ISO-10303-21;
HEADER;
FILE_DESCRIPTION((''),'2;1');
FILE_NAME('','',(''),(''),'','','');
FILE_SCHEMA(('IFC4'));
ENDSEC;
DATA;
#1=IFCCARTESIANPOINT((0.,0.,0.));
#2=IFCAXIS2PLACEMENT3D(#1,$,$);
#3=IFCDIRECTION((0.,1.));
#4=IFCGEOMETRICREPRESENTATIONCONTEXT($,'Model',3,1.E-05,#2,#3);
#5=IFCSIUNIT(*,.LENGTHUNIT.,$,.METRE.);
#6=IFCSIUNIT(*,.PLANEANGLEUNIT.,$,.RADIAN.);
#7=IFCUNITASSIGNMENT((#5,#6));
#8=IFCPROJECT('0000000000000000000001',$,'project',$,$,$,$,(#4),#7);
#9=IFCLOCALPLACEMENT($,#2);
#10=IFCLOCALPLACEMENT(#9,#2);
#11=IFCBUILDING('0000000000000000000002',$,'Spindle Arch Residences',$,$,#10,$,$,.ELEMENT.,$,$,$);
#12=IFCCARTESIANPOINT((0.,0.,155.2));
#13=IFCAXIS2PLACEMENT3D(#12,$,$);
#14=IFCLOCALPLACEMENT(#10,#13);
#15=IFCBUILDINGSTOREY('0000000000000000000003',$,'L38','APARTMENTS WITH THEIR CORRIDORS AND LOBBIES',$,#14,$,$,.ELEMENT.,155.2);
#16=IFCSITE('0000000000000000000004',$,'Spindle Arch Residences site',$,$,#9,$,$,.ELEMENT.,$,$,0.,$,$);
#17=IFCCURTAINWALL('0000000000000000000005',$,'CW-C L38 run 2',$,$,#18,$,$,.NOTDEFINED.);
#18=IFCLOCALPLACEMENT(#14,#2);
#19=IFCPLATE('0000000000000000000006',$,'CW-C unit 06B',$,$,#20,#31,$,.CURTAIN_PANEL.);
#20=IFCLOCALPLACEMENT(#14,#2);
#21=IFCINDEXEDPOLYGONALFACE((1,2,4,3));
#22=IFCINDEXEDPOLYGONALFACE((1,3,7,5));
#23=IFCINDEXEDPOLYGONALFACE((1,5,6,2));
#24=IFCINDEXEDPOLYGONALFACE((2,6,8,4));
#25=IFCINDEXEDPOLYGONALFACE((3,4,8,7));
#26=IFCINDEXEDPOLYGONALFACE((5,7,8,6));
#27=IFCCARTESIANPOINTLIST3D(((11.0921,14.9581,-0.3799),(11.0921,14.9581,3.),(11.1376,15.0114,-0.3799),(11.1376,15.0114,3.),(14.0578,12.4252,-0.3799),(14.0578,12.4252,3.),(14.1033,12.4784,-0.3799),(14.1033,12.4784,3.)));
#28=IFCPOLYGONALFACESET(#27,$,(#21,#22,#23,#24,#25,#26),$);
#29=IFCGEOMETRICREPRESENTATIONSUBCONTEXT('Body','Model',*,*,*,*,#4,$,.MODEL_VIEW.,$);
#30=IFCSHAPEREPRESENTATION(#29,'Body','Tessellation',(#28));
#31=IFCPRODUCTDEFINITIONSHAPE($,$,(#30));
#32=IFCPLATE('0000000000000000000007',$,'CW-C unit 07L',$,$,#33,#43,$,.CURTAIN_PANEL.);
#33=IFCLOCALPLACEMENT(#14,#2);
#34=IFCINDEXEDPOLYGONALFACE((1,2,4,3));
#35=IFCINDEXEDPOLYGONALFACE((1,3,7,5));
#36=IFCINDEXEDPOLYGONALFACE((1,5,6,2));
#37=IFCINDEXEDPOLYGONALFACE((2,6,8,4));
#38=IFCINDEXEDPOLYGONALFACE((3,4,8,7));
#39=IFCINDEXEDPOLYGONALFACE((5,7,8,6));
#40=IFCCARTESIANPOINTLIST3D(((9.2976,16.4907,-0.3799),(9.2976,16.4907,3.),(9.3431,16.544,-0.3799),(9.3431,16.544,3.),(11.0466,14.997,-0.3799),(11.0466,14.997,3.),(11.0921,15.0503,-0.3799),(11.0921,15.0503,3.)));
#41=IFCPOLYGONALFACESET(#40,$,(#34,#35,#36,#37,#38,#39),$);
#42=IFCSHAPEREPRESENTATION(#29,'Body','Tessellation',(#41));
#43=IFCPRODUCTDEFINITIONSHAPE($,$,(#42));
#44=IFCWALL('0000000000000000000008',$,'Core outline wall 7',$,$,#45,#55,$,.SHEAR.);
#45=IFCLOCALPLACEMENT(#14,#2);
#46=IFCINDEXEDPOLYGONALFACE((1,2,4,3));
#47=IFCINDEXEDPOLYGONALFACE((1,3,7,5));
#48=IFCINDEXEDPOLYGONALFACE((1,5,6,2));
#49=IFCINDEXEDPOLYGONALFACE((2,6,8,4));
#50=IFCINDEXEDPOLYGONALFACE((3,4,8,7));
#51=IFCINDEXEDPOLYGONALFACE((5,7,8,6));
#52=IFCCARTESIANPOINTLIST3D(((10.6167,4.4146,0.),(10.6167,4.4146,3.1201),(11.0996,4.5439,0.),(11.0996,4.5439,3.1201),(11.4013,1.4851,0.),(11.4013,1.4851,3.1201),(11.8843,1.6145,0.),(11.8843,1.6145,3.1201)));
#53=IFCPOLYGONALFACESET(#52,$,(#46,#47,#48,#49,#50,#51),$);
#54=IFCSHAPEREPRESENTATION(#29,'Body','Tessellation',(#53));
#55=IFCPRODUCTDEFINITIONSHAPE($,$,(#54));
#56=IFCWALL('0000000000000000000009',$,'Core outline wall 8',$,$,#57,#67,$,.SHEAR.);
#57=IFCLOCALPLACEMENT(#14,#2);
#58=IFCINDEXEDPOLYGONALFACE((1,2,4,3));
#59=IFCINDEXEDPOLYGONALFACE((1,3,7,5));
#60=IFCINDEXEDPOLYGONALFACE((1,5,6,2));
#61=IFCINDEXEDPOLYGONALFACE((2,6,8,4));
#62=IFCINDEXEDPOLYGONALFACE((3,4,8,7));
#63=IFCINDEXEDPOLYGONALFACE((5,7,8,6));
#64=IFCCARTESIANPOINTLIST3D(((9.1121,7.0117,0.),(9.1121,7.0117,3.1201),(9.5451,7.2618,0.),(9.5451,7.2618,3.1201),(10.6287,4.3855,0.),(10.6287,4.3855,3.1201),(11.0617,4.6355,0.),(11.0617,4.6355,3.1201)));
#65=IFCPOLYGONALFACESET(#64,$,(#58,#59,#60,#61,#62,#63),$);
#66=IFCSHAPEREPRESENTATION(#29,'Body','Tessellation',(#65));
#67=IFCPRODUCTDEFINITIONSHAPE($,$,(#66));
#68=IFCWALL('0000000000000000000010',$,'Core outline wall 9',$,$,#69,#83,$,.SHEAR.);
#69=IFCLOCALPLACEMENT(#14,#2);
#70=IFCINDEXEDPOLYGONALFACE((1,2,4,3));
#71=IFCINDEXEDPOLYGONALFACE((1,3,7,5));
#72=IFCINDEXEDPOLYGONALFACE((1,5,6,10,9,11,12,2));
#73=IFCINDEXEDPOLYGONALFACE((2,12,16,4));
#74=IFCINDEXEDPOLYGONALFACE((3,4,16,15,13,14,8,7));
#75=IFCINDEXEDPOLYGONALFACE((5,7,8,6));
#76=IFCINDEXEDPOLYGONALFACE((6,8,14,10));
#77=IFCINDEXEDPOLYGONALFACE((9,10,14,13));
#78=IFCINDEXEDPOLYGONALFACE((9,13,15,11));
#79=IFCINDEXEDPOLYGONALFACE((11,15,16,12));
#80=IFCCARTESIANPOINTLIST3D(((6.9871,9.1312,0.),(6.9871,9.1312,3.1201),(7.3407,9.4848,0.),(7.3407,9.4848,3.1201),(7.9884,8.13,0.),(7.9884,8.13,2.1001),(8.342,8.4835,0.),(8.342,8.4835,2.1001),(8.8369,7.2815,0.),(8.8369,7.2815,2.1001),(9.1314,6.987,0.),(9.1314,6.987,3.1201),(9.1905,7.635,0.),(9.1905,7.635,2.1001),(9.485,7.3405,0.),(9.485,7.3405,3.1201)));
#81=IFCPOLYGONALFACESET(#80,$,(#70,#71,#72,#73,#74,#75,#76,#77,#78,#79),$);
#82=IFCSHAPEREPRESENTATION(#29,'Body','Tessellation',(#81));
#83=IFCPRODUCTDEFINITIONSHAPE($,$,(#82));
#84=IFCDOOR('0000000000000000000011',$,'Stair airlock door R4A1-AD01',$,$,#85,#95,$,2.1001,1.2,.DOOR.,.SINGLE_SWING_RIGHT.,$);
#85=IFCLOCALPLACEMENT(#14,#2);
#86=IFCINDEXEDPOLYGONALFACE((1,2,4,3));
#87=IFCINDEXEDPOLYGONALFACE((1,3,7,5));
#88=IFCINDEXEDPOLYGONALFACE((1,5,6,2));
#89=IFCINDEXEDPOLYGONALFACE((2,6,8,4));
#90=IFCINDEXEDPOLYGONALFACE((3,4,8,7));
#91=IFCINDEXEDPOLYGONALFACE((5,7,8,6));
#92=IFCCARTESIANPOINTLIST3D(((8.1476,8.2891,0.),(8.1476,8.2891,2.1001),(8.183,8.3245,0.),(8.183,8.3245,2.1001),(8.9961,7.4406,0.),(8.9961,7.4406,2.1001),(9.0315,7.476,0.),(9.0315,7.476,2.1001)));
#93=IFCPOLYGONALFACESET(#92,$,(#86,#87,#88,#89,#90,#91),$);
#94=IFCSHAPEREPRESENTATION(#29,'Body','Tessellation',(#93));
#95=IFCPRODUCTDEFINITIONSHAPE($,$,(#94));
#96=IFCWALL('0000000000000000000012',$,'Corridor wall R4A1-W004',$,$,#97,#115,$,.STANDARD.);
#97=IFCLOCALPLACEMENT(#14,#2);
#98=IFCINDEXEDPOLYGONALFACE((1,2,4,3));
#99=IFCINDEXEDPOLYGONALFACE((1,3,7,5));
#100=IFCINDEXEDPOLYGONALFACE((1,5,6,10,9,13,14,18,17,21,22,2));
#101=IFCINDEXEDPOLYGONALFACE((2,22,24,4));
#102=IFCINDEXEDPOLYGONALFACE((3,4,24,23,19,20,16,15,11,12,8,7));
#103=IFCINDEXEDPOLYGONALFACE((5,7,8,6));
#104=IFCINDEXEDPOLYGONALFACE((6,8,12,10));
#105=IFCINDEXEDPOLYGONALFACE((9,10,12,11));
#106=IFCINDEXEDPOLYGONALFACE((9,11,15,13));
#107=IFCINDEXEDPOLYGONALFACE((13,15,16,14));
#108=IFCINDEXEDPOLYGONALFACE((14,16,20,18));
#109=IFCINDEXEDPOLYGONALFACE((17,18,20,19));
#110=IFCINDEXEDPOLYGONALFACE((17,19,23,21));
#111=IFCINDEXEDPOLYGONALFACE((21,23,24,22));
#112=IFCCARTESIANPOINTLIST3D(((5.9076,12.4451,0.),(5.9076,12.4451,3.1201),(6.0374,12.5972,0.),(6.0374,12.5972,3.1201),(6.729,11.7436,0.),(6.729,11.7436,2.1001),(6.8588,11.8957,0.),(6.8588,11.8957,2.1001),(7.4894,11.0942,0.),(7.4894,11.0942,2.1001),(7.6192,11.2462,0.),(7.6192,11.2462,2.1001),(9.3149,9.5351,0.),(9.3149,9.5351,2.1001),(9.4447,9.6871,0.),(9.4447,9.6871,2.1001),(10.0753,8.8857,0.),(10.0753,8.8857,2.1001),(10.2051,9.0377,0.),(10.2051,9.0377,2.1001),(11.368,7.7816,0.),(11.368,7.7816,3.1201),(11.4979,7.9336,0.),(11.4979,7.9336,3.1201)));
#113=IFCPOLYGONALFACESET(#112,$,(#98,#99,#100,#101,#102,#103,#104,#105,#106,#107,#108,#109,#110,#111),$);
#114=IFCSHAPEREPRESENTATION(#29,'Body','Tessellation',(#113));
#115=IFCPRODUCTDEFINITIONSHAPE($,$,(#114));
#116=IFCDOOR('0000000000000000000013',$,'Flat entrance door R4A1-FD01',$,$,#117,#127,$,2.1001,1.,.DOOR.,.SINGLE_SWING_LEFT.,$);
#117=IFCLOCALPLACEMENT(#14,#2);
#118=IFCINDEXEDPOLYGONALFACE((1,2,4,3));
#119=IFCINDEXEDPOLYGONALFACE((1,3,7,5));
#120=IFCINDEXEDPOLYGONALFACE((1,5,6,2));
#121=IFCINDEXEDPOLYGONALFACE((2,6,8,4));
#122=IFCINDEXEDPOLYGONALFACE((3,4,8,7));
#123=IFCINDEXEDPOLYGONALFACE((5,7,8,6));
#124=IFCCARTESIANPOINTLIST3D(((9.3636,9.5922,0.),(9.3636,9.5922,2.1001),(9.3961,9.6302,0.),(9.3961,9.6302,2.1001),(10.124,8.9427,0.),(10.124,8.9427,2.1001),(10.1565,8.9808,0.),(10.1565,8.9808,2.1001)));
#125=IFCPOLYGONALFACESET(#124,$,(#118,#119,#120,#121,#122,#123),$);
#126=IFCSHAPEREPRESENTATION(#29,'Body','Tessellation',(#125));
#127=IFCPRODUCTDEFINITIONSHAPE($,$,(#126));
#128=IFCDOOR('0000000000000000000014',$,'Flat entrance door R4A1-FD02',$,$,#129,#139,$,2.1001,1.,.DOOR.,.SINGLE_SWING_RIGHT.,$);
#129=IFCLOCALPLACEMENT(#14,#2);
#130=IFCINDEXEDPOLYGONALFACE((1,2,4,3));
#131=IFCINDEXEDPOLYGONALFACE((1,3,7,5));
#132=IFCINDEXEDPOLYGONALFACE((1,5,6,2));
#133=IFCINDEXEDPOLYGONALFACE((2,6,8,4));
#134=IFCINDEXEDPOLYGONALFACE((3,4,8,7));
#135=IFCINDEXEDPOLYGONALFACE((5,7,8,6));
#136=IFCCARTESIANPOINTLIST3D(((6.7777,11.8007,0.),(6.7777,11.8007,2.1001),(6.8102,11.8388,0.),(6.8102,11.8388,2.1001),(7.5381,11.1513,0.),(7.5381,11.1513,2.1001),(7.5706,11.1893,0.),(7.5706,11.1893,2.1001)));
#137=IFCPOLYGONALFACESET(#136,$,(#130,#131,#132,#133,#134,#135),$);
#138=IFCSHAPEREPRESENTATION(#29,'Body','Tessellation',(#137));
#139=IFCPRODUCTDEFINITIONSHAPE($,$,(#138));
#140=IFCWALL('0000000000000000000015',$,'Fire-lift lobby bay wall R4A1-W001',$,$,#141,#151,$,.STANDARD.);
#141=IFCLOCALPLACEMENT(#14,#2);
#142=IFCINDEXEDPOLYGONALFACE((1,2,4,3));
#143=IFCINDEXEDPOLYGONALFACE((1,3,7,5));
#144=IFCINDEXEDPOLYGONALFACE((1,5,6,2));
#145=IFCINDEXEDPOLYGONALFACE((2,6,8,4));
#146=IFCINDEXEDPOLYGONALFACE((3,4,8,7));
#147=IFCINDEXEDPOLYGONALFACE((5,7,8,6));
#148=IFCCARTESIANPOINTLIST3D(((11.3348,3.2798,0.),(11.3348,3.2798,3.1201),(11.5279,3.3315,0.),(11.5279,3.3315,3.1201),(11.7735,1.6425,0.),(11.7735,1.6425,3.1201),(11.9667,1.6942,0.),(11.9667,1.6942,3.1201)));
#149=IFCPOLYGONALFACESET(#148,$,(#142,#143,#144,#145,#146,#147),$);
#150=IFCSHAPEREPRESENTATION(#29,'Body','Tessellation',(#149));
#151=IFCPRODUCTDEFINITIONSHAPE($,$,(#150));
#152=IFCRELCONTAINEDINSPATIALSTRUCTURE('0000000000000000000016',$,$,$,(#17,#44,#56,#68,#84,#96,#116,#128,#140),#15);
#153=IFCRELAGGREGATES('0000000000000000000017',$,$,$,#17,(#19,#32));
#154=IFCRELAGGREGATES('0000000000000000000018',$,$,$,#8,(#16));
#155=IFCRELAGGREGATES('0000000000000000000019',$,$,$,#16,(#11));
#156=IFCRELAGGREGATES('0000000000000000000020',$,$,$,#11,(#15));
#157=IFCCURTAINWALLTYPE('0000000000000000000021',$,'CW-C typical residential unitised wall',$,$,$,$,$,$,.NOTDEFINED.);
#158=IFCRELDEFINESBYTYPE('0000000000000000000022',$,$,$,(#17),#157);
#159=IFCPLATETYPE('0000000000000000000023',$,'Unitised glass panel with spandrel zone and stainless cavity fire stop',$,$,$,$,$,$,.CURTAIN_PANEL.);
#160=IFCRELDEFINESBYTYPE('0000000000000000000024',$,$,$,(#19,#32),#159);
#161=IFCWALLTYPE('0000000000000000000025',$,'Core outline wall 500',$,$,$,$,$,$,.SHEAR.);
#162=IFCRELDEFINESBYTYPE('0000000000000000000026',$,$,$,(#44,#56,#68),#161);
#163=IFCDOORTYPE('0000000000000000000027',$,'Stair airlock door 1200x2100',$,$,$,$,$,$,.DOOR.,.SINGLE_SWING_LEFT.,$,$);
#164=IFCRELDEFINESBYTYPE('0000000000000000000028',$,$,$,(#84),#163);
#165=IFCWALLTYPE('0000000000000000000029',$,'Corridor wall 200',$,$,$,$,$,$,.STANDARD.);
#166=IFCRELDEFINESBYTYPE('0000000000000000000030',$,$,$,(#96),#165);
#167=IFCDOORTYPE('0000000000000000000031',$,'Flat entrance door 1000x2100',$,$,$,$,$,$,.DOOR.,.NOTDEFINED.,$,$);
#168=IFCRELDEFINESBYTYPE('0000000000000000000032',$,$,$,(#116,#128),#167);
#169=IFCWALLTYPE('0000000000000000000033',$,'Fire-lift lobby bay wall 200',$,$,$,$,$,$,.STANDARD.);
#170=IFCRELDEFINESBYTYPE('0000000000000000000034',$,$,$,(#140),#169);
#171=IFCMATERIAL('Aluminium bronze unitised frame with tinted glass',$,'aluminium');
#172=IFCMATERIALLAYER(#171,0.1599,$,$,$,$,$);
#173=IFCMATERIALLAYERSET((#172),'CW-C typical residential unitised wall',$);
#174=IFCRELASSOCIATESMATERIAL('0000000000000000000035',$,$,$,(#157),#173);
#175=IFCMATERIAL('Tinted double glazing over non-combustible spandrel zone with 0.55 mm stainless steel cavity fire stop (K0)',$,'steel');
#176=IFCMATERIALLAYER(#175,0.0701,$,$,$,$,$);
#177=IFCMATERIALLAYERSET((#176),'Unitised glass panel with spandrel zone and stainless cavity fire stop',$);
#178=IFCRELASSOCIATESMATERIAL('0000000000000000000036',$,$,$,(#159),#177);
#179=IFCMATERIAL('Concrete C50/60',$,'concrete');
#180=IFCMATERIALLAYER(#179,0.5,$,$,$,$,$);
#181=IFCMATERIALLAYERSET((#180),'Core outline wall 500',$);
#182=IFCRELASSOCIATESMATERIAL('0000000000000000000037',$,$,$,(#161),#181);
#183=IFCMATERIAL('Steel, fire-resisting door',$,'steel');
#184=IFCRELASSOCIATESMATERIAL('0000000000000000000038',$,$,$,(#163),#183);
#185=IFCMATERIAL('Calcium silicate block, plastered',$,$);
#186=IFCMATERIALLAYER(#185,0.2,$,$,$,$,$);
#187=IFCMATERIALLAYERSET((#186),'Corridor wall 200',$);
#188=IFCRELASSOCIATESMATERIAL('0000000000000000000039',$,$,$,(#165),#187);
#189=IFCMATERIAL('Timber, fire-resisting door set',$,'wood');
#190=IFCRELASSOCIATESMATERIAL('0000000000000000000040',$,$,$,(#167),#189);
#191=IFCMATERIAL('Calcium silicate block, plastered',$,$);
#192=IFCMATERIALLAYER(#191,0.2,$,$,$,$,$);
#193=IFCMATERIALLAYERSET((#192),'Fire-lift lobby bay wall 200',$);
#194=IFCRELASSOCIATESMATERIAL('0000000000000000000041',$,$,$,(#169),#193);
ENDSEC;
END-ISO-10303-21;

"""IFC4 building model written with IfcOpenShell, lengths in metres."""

from ifc_helpers import new_model, si_unit, direction, frame, frame_2d, origin, origin_2d, place, context, subcontext, project, spatial, rectangle, extrude, material, layer, layer_set, type_object, element, fill, aggregate, save


model = new_model("IFC4")

# Units and contexts
model_context = context("Model", 3, precision=1e-05, world=origin(), true_north=direction((0.0, 1.0)))
body_context = subcontext(model_context, "Body", "Model", "MODEL_VIEW")
ifc_project = project(units=[si_unit("LENGTHUNIT", "METRE"), si_unit("PLANEANGLEUNIT", "RADIAN")], contexts=[model_context])

# Site, building, storey
site_placement = place(None, origin())
site = spatial("IfcSite", under=ifc_project, at=site_placement, Name="Spindle Arch Residences site", CompositionType="ELEMENT", RefElevation=0.0)
building_placement = place(site_placement, origin())
building = spatial("IfcBuilding", under=site, at=building_placement, Name="Spindle Arch Residences", CompositionType="ELEMENT")
storey_placement = place(building_placement, frame((0.0, 0.0, 155.2)))
storey = spatial("IfcBuildingStorey", under=building, at=storey_placement, Name="L38", Description="APARTMENTS WITH THEIR CORRIDORS AND LOBBIES", CompositionType="ELEMENT", Elevation=155.2)

# Curtain wall
ifc_material_1 = material(Name="Aluminium bronze unitised frame with tinted glass", Category="aluminium")
ifc_layer_1 = layer(ifc_material_1, 0.1599)
ifc_layer_set_1 = layer_set([ifc_layer_1], Name="CW-C typical residential unitised wall")
curtain_wall_type = type_object("IfcCurtainWallType", Name="CW-C typical residential unitised wall", PredefinedType="NOTDEFINED", material=ifc_layer_set_1)
curtain_wall_placement = place(storey_placement, origin())
curtain_wall = element("IfcCurtainWall", 1, at=curtain_wall_placement, inside=storey, type_object=curtain_wall_type, Name="CW-C L38 run 2", PredefinedType="NOTDEFINED")

# Plates
ifc_material_2 = material(Name="Tinted double glazing over non-combustible spandrel zone with 0.55 mm stainless steel cavity fire stop (K0)", Category="steel")
ifc_layer_2 = layer(ifc_material_2, 0.0701)
ifc_layer_set_2 = layer_set([ifc_layer_2], Name="Unitised glass panel with spandrel zone and stainless cavity fire stop")
plate_type = type_object("IfcPlateType", Name="Unitised glass panel with spandrel zone and stainless cavity fire stop", PredefinedType="CURTAIN_PANEL", material=ifc_layer_set_2)
plate_1_placement = place(storey_placement, frame((12.5977, 13.7183, -0.3799), z_axis=(0.0, 0.0, 1.0), x_axis=(-0.760406, 0.649448, 0.0)))
plate_1 = element("IfcPlate", 2, at=plate_1_placement, type_object=plate_type, Name="CW-C unit 06B", PredefinedType="CURTAIN_PANEL", context=body_context, shape_type="SweptSolid", body=[
    extrude(rectangle(XDim=3.9001, YDim=0.0701, at=origin_2d()), origin(), (0.0, 0.0, 1.0), 3.3799),
])
plate_2_placement = place(storey_placement, frame((10.1948, 15.7705, -0.3799), z_axis=(0.0, 0.0, 1.0), x_axis=(-0.760406, 0.649448, 0.0)))
plate_2 = element("IfcPlate", 3, at=plate_2_placement, type_object=plate_type, Name="CW-C unit 07L", PredefinedType="CURTAIN_PANEL", context=body_context, shape_type="SweptSolid", body=[
    extrude(rectangle(XDim=2.3, YDim=0.0701, at=origin_2d()), origin(), (0.0, 0.0, 1.0), 3.3799),
])
aggregate(curtain_wall, [plate_1, plate_2])

# Walls
ifc_material_3 = material(Name="Concrete C50/60", Category="concrete")
ifc_layer_3 = layer(ifc_material_3, 0.5)
ifc_layer_set_3 = layer_set([ifc_layer_3], Name="Core outline wall 500")
wall_type_1 = type_object("IfcWallType", Name="Core outline wall 500", PredefinedType="SHEAR", material=ifc_layer_set_3)
for number, where, z_axis, x_axis, name in (
    (4, (11.6428, 1.5498, 0.0), (0.0, 0.0, 1.0), (-0.258735, 0.965948, 0.0), "Core outline wall 7"),
    (5, (10.8452, 4.5105, 0.0), (0.0, 0.0, 1.0), (-0.500087, 0.865975, 0.0), "Core outline wall 8"),
):
    element("IfcWall", number, at=place(storey_placement, frame(where, z_axis=z_axis, x_axis=x_axis)), inside=storey, type_object=wall_type_1, Name=name, PredefinedType="SHEAR", context=body_context, shape_type="SweptSolid", body=[
        extrude(rectangle(XDim=3.0327, YDim=0.5, at=frame_2d((1.5164, 0.0))), origin(), (0.0, 0.0, 1.0), 3.1201),
    ])

# Wall, opening, door
wall_1_placement = place(storey_placement, frame((9.3081, 7.1638, 0.0), z_axis=(0.0, 0.0, 1.0), x_axis=(-0.707107, 0.707107, 0.0)))
wall_1 = element("IfcWall", 6, at=wall_1_placement, inside=storey, type_object=wall_type_1, Name="Core outline wall 9", PredefinedType="SHEAR", context=body_context, shape_type="SweptSolid", body=[
    extrude(rectangle(XDim=3.0325, YDim=0.5, at=frame_2d((1.5161, 0.0))), origin(), (0.0, 0.0, 1.0), 3.1201),
])
opening_1_placement = place(wall_1_placement, frame((0.4163, 0.0, 0.0)))
opening_1 = element("IfcOpeningElement", 7, at=opening_1_placement, cuts=wall_1, PredefinedType="OPENING", context=body_context, shape_type="SweptSolid", body=[
    extrude(rectangle(XDim=1.2, YDim=2.1001, at=frame_2d((0.6001, 1.05))), frame((0.0, 0.26, 0.0), z_axis=(0.0, -1.0, 0.0), x_axis=(1.0, 0.0, 0.0)), (0.0, 0.0, 1.0), 0.52),
])
ifc_material_4 = material(Name="Steel, fire-resisting door", Category="steel")
door_type_1 = type_object("IfcDoorType", Name="Stair airlock door 1200x2100", OperationType="SINGLE_SWING_LEFT", PredefinedType="DOOR", material=ifc_material_4)
door_1_placement = place(opening_1_placement, origin())
door_1 = element("IfcDoor", 8, at=door_1_placement, inside=storey, type_object=door_type_1, Name="Stair airlock door R4A1-AD01", OperationType="SINGLE_SWING_RIGHT", OverallHeight=2.1001, OverallWidth=1.2, PredefinedType="DOOR", context=body_context, shape_type="SweptSolid", body=[
    extrude(rectangle(XDim=1.2, YDim=2.1001, at=frame_2d((0.6001, 1.05))), frame((0.0, 0.0249, 0.0), z_axis=(0.0, -1.0, 0.0), x_axis=(1.0, 0.0, 0.0)), (0.0, 0.0, 1.0), 0.05),
])
fill(opening_1, door_1)

# Wall, openings, doors
ifc_material_5 = material(Name="Calcium silicate block, plastered")
ifc_layer_4 = layer(ifc_material_5, 0.2)
ifc_layer_set_4 = layer_set([ifc_layer_4], Name="Corridor wall 200")
wall_type_2 = type_object("IfcWallType", Name="Corridor wall 200", PredefinedType="STANDARD", material=ifc_layer_set_4)
wall_2_placement = place(storey_placement, frame((11.4329, 7.8577, 0.0), z_axis=(0.0, 0.0, 1.0), x_axis=(-0.760412, 0.649441, 0.0)))
wall_2 = element("IfcWall", 9, at=wall_2_placement, inside=storey, type_object=wall_type_2, Name="Corridor wall R4A1-W004", PredefinedType="STANDARD", context=body_context, shape_type="SweptSolid", body=[
    extrude(rectangle(XDim=7.1809, YDim=0.2, at=frame_2d((3.5903, 0.0))), origin(), (0.0, 0.0, 1.0), 3.1201),
])
opening_2_placement = place(wall_2_placement, frame((1.7, 0.0, 0.0)))
opening_2 = element("IfcOpeningElement", 10, at=opening_2_placement, cuts=wall_2, PredefinedType="OPENING", context=body_context, shape_type="SweptSolid", body=[
    extrude(rectangle(XDim=1.0, YDim=2.1001, at=frame_2d((0.5, 1.05))), frame((0.0, 0.1099, 0.0), z_axis=(0.0, -1.0, 0.0), x_axis=(1.0, 0.0, 0.0)), (0.0, 0.0, 1.0), 0.22),
])
opening_3_placement = place(wall_2_placement, frame((5.1006, 0.0, 0.0)))
opening_3 = element("IfcOpeningElement", 11, at=opening_3_placement, cuts=wall_2, PredefinedType="OPENING", context=body_context, shape_type="SweptSolid", body=[
    extrude(rectangle(XDim=1.0, YDim=2.1001, at=frame_2d((0.5, 1.05))), frame((0.0, 0.1099, 0.0), z_axis=(0.0, -1.0, 0.0), x_axis=(1.0, 0.0, 0.0)), (0.0, 0.0, 1.0), 0.22),
])
ifc_material_6 = material(Name="Timber, fire-resisting door set", Category="wood")
door_type_2 = type_object("IfcDoorType", Name="Flat entrance door 1000x2100", OperationType="NOTDEFINED", PredefinedType="DOOR", material=ifc_material_6)
door_2_placement = place(opening_2_placement, origin())
door_2 = element("IfcDoor", 12, at=door_2_placement, inside=storey, type_object=door_type_2, Name="Flat entrance door R4A1-FD01", OperationType="SINGLE_SWING_LEFT", OverallHeight=2.1001, OverallWidth=1.0, PredefinedType="DOOR", context=body_context, shape_type="SweptSolid", body=[
    extrude(rectangle(XDim=1.0, YDim=2.1001, at=frame_2d((0.5, 1.05))), frame((0.0, 0.0249, 0.0), z_axis=(0.0, -1.0, 0.0), x_axis=(1.0, 0.0, 0.0)), (0.0, 0.0, 1.0), 0.05),
])
fill(opening_2, door_2)
door_3_placement = place(opening_3_placement, origin())
door_3 = element("IfcDoor", 13, at=door_3_placement, inside=storey, type_object=door_type_2, Name="Flat entrance door R4A1-FD02", OperationType="SINGLE_SWING_RIGHT", OverallHeight=2.1001, OverallWidth=1.0, PredefinedType="DOOR", context=body_context, shape_type="SweptSolid", body=[
    extrude(rectangle(XDim=1.0, YDim=2.1001, at=frame_2d((0.5, 1.05))), frame((0.0, 0.0249, 0.0), z_axis=(0.0, -1.0, 0.0), x_axis=(1.0, 0.0, 0.0)), (0.0, 0.0, 1.0), 0.05),
])
fill(opening_3, door_3)

# Wall
ifc_material_7 = material(Name="Calcium silicate block, plastered")
ifc_layer_5 = layer(ifc_material_7, 0.2)
ifc_layer_set_5 = layer_set([ifc_layer_5], Name="Fire-lift lobby bay wall 200")
wall_type_3 = type_object("IfcWallType", Name="Fire-lift lobby bay wall 200", PredefinedType="STANDARD", material=ifc_layer_set_5)
wall_3_placement = place(storey_placement, frame((11.8701, 1.6682, 0.0), z_axis=(0.0, 0.0, 1.0), x_axis=(-0.258837, 0.965921, 0.0)))
element("IfcWall", 14, at=wall_3_placement, inside=storey, type_object=wall_type_3, Name="Fire-lift lobby bay wall R4A1-W001", PredefinedType="STANDARD", context=body_context, shape_type="SweptSolid", body=[
    extrude(rectangle(XDim=1.6951, YDim=0.2, at=frame_2d((0.8477, 0.0))), origin(), (0.0, 0.0, 1.0), 3.1201),
])

save(model, "model.ifc")
